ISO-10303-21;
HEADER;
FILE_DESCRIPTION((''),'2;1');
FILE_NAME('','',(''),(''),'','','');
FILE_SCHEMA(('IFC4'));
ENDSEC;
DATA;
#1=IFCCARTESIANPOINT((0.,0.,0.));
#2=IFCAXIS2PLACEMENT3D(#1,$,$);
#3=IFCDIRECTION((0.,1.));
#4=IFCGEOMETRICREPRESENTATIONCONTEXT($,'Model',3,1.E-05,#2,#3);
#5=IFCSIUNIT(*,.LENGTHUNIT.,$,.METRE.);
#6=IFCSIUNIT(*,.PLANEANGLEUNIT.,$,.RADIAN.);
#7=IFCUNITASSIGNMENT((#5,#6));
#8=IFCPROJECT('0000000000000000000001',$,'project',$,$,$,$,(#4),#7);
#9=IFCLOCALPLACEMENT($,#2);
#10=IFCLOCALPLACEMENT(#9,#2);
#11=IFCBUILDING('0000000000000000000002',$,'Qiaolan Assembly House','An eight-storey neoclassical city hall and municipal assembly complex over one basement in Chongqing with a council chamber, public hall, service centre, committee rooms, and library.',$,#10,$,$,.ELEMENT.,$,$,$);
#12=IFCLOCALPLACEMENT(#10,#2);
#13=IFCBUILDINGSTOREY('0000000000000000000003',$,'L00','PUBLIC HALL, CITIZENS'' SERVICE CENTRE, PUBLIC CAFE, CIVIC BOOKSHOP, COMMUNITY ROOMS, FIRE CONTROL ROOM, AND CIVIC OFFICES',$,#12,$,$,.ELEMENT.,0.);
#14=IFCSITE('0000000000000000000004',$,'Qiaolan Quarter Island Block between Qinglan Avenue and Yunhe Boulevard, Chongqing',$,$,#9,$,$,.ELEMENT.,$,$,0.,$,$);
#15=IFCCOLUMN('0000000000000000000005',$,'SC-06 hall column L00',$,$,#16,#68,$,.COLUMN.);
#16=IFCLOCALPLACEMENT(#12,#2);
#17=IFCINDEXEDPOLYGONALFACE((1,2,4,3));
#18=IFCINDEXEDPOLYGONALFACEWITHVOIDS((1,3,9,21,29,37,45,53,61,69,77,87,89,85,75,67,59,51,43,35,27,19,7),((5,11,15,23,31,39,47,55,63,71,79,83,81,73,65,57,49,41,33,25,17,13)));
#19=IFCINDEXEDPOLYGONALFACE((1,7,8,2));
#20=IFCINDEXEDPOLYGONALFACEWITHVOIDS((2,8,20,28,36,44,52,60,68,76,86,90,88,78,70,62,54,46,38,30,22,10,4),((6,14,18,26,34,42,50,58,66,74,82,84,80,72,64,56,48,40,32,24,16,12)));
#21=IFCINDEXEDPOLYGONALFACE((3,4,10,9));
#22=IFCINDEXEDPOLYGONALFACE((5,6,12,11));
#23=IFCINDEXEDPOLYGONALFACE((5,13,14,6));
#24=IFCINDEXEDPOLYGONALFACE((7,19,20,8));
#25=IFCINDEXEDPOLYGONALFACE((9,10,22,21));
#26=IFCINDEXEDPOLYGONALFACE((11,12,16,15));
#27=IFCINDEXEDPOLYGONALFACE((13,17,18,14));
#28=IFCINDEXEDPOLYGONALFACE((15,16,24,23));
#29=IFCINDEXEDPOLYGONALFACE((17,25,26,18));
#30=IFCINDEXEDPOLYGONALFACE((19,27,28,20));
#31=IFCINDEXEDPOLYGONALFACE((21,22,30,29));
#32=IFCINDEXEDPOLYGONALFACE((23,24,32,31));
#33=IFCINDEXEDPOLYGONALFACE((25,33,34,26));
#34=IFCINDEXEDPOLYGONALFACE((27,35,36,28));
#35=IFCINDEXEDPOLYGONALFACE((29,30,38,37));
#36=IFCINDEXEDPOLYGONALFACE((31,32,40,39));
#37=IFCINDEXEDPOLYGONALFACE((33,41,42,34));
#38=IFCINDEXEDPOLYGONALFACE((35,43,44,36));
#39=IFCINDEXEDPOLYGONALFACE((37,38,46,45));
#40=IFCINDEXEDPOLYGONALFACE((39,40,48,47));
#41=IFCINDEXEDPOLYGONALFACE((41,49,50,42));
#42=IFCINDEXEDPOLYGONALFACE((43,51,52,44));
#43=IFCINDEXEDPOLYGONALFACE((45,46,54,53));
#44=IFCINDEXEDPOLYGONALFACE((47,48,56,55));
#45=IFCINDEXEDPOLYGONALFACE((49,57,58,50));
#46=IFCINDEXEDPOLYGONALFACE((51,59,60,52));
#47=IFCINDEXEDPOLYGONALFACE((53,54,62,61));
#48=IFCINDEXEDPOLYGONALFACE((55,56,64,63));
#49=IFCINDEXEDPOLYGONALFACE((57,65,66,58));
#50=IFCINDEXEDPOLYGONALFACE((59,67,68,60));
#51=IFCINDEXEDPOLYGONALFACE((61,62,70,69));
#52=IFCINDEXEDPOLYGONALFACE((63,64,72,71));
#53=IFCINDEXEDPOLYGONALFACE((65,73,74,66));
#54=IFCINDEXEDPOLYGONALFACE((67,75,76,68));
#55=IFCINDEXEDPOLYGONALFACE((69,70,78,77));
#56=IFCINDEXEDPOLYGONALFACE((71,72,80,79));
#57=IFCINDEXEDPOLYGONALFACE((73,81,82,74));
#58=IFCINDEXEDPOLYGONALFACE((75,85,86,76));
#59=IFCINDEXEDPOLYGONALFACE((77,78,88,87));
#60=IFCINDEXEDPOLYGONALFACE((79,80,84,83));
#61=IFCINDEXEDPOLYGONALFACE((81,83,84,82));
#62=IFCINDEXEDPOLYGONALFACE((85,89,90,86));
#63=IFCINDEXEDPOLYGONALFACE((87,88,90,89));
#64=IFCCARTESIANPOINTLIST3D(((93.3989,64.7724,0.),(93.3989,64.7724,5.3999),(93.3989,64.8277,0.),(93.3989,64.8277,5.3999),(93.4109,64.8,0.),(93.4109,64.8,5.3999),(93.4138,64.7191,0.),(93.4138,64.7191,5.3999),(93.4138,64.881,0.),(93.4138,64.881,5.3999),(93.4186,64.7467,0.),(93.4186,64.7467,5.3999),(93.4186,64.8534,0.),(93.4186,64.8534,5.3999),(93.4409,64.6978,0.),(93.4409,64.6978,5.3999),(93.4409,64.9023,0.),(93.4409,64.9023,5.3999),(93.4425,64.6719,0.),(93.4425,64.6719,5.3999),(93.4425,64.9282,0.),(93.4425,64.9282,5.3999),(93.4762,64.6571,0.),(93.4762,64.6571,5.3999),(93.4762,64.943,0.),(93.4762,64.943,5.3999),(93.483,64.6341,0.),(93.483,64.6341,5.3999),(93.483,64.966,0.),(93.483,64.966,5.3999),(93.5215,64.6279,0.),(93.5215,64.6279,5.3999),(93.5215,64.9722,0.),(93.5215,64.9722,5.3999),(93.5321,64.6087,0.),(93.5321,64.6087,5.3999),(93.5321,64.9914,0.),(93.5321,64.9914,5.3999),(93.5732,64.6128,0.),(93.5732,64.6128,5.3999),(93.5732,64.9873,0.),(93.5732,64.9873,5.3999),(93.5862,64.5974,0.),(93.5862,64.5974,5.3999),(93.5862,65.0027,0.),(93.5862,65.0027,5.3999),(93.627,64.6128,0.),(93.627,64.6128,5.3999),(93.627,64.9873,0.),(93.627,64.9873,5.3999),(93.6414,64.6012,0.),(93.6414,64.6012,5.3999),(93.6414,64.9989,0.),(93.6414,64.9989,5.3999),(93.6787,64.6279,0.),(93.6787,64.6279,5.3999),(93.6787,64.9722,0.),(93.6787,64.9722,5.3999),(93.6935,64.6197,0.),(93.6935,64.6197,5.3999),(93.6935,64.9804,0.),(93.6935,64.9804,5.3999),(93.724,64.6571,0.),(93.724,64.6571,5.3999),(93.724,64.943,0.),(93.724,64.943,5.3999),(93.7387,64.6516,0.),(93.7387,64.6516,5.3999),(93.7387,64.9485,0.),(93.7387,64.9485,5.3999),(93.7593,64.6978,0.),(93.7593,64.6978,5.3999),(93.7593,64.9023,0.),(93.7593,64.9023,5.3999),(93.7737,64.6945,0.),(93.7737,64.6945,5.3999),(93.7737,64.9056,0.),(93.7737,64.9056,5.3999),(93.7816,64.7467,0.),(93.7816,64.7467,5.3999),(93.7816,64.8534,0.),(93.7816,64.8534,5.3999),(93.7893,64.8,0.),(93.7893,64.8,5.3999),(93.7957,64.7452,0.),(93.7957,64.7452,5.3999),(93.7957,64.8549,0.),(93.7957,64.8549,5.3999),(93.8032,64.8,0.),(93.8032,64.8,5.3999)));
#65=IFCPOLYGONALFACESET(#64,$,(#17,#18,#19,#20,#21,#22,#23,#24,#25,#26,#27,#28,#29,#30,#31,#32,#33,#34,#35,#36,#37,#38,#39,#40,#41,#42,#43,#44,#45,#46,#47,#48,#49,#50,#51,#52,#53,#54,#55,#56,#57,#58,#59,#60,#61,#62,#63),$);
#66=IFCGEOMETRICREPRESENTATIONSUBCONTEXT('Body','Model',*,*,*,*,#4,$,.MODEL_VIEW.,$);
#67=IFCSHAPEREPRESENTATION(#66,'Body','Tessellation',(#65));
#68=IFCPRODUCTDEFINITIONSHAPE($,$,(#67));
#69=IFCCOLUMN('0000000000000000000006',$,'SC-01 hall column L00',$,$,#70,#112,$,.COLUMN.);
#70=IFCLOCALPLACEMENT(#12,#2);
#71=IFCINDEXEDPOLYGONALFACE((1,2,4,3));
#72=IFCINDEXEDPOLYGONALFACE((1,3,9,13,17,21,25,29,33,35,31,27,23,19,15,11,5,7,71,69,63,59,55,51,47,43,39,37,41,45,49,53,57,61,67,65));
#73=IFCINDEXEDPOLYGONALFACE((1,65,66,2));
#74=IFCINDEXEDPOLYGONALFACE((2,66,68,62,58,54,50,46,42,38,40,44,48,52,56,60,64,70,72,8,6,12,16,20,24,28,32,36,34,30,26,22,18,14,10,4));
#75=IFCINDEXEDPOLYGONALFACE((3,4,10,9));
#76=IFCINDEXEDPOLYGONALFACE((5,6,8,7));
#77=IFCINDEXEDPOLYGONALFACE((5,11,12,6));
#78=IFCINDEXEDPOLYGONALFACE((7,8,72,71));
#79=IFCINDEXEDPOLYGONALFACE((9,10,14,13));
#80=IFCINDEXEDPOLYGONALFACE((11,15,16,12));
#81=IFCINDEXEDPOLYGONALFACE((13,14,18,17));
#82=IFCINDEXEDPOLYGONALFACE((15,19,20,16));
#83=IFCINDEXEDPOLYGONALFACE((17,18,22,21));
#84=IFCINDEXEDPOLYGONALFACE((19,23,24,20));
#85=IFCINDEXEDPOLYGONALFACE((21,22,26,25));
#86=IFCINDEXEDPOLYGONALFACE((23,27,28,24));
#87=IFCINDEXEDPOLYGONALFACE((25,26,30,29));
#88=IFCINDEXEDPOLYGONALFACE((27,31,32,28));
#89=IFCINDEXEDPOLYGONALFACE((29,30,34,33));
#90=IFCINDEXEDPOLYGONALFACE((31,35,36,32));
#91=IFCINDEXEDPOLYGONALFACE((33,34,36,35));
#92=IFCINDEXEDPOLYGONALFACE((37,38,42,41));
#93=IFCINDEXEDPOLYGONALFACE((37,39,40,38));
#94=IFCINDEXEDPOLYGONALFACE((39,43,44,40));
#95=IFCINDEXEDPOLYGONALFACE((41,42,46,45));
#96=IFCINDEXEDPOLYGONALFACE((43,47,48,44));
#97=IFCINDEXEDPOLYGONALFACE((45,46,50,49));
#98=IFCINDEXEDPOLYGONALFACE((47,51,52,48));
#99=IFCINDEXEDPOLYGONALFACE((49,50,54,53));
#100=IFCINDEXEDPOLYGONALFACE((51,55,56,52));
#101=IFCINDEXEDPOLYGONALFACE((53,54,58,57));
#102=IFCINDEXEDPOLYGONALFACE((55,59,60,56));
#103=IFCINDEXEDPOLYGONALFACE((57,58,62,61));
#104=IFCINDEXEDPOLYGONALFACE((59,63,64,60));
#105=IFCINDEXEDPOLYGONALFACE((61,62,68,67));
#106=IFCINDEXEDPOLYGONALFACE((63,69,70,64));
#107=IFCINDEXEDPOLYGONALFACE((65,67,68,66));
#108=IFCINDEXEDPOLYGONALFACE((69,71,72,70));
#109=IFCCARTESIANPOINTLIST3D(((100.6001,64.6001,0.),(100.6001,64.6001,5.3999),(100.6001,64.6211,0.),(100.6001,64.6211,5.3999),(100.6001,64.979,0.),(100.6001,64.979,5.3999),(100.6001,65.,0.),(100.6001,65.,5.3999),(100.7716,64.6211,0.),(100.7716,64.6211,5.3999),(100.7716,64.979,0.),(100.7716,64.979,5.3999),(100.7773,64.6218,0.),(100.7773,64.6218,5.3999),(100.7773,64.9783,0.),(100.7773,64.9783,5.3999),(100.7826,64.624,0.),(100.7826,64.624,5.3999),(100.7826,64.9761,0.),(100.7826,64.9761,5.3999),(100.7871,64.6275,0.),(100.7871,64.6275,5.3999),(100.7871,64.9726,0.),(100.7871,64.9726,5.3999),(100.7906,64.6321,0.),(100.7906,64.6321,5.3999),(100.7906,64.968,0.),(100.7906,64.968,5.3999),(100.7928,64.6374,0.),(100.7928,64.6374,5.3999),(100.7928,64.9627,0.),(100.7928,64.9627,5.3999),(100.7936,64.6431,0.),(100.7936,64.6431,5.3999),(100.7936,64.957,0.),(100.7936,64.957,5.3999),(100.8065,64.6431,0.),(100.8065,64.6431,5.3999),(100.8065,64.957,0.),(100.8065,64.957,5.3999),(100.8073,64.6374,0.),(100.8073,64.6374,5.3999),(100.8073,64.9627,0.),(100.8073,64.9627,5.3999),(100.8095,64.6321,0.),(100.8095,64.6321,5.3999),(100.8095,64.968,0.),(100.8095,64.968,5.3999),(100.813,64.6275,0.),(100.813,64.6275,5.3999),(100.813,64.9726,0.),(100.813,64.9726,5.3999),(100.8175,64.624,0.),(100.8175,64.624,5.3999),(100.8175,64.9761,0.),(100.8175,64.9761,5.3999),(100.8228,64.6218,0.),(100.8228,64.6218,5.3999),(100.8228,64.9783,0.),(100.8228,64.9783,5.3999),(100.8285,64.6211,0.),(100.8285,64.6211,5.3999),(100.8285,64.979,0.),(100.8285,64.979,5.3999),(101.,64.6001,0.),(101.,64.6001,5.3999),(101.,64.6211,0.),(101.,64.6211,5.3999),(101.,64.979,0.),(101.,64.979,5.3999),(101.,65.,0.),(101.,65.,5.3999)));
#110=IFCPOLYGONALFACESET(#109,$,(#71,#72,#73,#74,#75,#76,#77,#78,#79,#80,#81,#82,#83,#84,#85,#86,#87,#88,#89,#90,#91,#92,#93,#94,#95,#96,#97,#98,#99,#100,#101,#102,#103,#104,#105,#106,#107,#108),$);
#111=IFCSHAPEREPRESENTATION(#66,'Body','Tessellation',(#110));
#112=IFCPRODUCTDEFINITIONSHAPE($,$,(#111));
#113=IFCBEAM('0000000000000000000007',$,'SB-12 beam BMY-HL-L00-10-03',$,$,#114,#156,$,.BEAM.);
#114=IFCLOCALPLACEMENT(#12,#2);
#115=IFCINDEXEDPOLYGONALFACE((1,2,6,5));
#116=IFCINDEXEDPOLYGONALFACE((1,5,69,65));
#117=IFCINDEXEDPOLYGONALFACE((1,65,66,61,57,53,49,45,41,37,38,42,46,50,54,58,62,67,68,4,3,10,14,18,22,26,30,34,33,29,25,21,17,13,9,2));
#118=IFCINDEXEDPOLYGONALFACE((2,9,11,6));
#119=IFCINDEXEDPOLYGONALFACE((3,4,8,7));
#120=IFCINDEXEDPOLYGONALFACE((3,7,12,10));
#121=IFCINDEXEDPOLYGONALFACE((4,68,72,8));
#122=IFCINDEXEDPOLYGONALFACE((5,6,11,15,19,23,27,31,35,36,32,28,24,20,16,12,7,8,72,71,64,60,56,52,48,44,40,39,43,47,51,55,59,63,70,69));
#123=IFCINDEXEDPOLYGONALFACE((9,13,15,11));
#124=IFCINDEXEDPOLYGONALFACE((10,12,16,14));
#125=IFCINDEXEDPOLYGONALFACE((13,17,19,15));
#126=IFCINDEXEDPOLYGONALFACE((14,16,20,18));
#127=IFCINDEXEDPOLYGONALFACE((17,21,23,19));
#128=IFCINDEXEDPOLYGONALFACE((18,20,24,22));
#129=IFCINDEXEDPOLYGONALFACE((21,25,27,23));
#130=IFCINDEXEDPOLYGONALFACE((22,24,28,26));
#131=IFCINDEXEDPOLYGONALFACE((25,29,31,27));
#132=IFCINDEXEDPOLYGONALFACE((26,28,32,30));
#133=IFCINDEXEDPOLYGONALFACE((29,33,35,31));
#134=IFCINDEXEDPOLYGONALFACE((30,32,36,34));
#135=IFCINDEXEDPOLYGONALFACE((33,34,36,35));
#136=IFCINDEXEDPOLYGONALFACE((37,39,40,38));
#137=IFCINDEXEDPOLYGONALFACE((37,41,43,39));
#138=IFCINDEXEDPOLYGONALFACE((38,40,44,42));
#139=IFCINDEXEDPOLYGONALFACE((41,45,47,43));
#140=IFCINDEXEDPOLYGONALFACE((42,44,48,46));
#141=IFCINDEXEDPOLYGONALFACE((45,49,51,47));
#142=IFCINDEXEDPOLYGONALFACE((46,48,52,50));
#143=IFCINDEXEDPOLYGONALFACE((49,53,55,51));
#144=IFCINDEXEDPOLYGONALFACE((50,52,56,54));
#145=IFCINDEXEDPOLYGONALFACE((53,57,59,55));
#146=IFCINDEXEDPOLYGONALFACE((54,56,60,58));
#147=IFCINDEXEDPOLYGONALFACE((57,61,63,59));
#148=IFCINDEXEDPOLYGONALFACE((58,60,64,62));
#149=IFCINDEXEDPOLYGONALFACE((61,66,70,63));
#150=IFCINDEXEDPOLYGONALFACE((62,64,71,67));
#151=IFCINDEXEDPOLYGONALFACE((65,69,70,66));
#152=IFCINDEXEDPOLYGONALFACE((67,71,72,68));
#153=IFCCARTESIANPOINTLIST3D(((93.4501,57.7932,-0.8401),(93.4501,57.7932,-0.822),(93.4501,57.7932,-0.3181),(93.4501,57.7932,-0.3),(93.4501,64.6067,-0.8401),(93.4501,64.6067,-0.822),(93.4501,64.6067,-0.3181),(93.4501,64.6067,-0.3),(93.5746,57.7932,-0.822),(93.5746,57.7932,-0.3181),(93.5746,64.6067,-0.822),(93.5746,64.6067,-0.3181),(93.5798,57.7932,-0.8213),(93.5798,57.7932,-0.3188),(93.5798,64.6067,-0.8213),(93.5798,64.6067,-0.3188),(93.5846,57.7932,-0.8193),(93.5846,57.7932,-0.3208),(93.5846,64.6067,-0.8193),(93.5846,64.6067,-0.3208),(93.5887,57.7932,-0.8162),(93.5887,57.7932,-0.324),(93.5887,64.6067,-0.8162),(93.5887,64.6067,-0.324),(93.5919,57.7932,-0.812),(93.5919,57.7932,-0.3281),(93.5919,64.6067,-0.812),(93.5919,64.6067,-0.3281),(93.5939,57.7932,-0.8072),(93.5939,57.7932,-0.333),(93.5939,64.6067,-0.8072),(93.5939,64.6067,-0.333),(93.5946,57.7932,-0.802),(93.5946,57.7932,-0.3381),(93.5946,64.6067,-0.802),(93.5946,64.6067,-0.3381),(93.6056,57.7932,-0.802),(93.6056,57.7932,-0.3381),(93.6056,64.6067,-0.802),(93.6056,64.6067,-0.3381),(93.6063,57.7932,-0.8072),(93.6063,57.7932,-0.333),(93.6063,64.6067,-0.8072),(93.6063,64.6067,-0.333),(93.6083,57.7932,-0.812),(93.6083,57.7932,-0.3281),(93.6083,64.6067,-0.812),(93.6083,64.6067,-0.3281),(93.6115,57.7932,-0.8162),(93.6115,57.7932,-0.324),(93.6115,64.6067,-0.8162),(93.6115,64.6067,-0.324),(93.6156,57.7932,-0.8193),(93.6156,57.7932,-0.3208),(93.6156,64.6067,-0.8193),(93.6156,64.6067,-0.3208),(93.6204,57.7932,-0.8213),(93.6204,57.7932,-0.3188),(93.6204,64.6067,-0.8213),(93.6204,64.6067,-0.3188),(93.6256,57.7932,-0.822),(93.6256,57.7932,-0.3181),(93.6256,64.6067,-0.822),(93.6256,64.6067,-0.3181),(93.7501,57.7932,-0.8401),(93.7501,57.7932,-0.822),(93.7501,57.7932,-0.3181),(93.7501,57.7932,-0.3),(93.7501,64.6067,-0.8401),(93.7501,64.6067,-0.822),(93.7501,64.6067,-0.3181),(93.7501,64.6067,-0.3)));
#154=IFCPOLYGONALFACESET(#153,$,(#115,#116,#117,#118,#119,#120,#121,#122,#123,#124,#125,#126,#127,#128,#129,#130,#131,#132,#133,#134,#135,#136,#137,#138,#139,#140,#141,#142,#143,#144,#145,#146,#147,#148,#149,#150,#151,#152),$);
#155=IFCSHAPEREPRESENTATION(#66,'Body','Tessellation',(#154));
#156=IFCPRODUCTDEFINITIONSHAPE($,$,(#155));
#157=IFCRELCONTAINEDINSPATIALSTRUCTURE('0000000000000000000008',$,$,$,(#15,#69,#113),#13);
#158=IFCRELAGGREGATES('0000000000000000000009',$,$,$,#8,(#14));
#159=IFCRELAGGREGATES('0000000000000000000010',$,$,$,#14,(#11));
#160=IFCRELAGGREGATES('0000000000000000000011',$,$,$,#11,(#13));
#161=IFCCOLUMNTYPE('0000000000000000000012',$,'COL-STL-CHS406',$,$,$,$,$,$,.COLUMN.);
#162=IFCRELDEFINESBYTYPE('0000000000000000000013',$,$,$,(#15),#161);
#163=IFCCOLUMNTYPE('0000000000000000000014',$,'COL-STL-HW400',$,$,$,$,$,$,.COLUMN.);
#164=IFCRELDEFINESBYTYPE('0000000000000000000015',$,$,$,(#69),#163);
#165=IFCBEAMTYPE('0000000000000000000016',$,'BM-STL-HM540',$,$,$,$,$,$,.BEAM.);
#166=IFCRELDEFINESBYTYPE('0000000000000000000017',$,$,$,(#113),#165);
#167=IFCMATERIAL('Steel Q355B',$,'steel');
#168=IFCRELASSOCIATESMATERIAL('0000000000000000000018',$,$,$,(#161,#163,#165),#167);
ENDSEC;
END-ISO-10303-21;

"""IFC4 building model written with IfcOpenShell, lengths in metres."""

from ifc_helpers import new_model, si_unit, direction, frame, origin, origin_2d, place, context, subcontext, project, spatial, hollow_circle, i_section, extrude, material, material_profile, profile_set, type_object, element, save


model = new_model("IFC4")

# Units and contexts
model_context = context("Model", 3, precision=1e-05, world=origin(), true_north=direction((0.0, 1.0)))
body_context = subcontext(model_context, "Body", "Model", "MODEL_VIEW")
ifc_project = project(units=[si_unit("LENGTHUNIT", "METRE"), si_unit("PLANEANGLEUNIT", "RADIAN")], contexts=[model_context])

# Site, building, storey
site_placement = place(None, origin())
site = spatial("IfcSite", under=ifc_project, at=site_placement, Name="Qiaolan Quarter Island Block between Qinglan Avenue and Yunhe Boulevard, Chongqing", CompositionType="ELEMENT", RefElevation=0.0)
building_placement = place(site_placement, origin())
building = spatial("IfcBuilding", under=site, at=building_placement, Name="Qiaolan Assembly House", Description="An eight-storey neoclassical city hall and municipal assembly complex over one basement in Chongqing with a council chamber, public hall, service centre, committee rooms, and library.", CompositionType="ELEMENT")
storey_placement = place(building_placement, origin())
storey = spatial("IfcBuildingStorey", under=building, at=storey_placement, Name="L00", Description="PUBLIC HALL, CITIZENS' SERVICE CENTRE, PUBLIC CAFE, CIVIC BOOKSHOP, COMMUNITY ROOMS, FIRE CONTROL ROOM, AND CIVIC OFFICES", CompositionType="ELEMENT", Elevation=0.0)

# Columns
ifc_material = material(Name="Steel Q355B", Category="steel")
ifc_material_profile_1 = material_profile(ifc_material, hollow_circle(Radius=0.2031, WallThickness=0.0139, at=origin_2d()), Name="CHS 406.4x14")
ifc_profile_set_1 = profile_set([ifc_material_profile_1], Name="Steel Q355B")
column_type_1 = type_object("IfcColumnType", Name="COL-STL-CHS406", PredefinedType="COLUMN", material=ifc_profile_set_1)
column_1_placement = place(storey_placement, frame((93.6001, 64.8, 0.0), z_axis=(0.0, 0.0, 1.0), x_axis=(1.0, 0.0, 0.0)))
element("IfcColumn", 1, at=column_1_placement, inside=storey, type_object=column_type_1, Name="SC-06 hall column L00", PredefinedType="COLUMN", context=body_context, shape_type="SweptSolid", body=[
    extrude(hollow_circle(Radius=0.2031, WallThickness=0.0139, at=origin_2d()), origin(), (0.0, 0.0, 1.0), 5.3999),
])
ifc_material_profile_2 = material_profile(ifc_material, i_section(OverallWidth=0.3999, OverallDepth=0.3999, WebThickness=0.0129, FlangeThickness=0.021, FilletRadius=0.022, at=origin_2d()), Name="HW 400x400x13x21")
ifc_profile_set_2 = profile_set([ifc_material_profile_2], Name="Steel Q355B")
column_type_2 = type_object("IfcColumnType", Name="COL-STL-HW400", PredefinedType="COLUMN", material=ifc_profile_set_2)
column_2_placement = place(storey_placement, frame((100.8, 64.8, 0.0), z_axis=(0.0, 0.0, 1.0), x_axis=(1.0, 0.0, 0.0)))
element("IfcColumn", 2, at=column_2_placement, inside=storey, type_object=column_type_2, Name="SC-01 hall column L00", PredefinedType="COLUMN", context=body_context, shape_type="SweptSolid", body=[
    extrude(i_section(OverallWidth=0.3999, OverallDepth=0.3999, WebThickness=0.0129, FlangeThickness=0.021, FilletRadius=0.022, at=origin_2d()), origin(), (0.0, 0.0, 1.0), 5.3999),
])

# Beam
ifc_material_profile_3 = material_profile(ifc_material, i_section(OverallWidth=0.3, OverallDepth=0.54, WebThickness=0.011, FlangeThickness=0.0181, FilletRadius=0.02, at=origin_2d()), Name="HM 540x300x11x18")
ifc_profile_set_3 = profile_set([ifc_material_profile_3], Name="Steel Q355B")
beam_type_1 = type_object("IfcBeamType", Name="BM-STL-HM540", PredefinedType="BEAM", material=ifc_profile_set_3)
beam_1_placement = place(storey_placement, frame((93.6001, 57.7932, -0.5701), z_axis=(0.0, 1.0, 0.0), x_axis=(-1.0, 0.0, 0.0)))
element("IfcBeam", 3, at=beam_1_placement, inside=storey, type_object=beam_type_1, Name="SB-12 beam BMY-HL-L00-10-03", PredefinedType="BEAM", context=body_context, shape_type="SweptSolid", body=[
    extrude(i_section(OverallWidth=0.3, OverallDepth=0.54, WebThickness=0.011, FlangeThickness=0.0181, FilletRadius=0.02, at=origin_2d()), origin(), (0.0, 0.0, 1.0), 6.8135),
])

save(model, "model.ifc")
